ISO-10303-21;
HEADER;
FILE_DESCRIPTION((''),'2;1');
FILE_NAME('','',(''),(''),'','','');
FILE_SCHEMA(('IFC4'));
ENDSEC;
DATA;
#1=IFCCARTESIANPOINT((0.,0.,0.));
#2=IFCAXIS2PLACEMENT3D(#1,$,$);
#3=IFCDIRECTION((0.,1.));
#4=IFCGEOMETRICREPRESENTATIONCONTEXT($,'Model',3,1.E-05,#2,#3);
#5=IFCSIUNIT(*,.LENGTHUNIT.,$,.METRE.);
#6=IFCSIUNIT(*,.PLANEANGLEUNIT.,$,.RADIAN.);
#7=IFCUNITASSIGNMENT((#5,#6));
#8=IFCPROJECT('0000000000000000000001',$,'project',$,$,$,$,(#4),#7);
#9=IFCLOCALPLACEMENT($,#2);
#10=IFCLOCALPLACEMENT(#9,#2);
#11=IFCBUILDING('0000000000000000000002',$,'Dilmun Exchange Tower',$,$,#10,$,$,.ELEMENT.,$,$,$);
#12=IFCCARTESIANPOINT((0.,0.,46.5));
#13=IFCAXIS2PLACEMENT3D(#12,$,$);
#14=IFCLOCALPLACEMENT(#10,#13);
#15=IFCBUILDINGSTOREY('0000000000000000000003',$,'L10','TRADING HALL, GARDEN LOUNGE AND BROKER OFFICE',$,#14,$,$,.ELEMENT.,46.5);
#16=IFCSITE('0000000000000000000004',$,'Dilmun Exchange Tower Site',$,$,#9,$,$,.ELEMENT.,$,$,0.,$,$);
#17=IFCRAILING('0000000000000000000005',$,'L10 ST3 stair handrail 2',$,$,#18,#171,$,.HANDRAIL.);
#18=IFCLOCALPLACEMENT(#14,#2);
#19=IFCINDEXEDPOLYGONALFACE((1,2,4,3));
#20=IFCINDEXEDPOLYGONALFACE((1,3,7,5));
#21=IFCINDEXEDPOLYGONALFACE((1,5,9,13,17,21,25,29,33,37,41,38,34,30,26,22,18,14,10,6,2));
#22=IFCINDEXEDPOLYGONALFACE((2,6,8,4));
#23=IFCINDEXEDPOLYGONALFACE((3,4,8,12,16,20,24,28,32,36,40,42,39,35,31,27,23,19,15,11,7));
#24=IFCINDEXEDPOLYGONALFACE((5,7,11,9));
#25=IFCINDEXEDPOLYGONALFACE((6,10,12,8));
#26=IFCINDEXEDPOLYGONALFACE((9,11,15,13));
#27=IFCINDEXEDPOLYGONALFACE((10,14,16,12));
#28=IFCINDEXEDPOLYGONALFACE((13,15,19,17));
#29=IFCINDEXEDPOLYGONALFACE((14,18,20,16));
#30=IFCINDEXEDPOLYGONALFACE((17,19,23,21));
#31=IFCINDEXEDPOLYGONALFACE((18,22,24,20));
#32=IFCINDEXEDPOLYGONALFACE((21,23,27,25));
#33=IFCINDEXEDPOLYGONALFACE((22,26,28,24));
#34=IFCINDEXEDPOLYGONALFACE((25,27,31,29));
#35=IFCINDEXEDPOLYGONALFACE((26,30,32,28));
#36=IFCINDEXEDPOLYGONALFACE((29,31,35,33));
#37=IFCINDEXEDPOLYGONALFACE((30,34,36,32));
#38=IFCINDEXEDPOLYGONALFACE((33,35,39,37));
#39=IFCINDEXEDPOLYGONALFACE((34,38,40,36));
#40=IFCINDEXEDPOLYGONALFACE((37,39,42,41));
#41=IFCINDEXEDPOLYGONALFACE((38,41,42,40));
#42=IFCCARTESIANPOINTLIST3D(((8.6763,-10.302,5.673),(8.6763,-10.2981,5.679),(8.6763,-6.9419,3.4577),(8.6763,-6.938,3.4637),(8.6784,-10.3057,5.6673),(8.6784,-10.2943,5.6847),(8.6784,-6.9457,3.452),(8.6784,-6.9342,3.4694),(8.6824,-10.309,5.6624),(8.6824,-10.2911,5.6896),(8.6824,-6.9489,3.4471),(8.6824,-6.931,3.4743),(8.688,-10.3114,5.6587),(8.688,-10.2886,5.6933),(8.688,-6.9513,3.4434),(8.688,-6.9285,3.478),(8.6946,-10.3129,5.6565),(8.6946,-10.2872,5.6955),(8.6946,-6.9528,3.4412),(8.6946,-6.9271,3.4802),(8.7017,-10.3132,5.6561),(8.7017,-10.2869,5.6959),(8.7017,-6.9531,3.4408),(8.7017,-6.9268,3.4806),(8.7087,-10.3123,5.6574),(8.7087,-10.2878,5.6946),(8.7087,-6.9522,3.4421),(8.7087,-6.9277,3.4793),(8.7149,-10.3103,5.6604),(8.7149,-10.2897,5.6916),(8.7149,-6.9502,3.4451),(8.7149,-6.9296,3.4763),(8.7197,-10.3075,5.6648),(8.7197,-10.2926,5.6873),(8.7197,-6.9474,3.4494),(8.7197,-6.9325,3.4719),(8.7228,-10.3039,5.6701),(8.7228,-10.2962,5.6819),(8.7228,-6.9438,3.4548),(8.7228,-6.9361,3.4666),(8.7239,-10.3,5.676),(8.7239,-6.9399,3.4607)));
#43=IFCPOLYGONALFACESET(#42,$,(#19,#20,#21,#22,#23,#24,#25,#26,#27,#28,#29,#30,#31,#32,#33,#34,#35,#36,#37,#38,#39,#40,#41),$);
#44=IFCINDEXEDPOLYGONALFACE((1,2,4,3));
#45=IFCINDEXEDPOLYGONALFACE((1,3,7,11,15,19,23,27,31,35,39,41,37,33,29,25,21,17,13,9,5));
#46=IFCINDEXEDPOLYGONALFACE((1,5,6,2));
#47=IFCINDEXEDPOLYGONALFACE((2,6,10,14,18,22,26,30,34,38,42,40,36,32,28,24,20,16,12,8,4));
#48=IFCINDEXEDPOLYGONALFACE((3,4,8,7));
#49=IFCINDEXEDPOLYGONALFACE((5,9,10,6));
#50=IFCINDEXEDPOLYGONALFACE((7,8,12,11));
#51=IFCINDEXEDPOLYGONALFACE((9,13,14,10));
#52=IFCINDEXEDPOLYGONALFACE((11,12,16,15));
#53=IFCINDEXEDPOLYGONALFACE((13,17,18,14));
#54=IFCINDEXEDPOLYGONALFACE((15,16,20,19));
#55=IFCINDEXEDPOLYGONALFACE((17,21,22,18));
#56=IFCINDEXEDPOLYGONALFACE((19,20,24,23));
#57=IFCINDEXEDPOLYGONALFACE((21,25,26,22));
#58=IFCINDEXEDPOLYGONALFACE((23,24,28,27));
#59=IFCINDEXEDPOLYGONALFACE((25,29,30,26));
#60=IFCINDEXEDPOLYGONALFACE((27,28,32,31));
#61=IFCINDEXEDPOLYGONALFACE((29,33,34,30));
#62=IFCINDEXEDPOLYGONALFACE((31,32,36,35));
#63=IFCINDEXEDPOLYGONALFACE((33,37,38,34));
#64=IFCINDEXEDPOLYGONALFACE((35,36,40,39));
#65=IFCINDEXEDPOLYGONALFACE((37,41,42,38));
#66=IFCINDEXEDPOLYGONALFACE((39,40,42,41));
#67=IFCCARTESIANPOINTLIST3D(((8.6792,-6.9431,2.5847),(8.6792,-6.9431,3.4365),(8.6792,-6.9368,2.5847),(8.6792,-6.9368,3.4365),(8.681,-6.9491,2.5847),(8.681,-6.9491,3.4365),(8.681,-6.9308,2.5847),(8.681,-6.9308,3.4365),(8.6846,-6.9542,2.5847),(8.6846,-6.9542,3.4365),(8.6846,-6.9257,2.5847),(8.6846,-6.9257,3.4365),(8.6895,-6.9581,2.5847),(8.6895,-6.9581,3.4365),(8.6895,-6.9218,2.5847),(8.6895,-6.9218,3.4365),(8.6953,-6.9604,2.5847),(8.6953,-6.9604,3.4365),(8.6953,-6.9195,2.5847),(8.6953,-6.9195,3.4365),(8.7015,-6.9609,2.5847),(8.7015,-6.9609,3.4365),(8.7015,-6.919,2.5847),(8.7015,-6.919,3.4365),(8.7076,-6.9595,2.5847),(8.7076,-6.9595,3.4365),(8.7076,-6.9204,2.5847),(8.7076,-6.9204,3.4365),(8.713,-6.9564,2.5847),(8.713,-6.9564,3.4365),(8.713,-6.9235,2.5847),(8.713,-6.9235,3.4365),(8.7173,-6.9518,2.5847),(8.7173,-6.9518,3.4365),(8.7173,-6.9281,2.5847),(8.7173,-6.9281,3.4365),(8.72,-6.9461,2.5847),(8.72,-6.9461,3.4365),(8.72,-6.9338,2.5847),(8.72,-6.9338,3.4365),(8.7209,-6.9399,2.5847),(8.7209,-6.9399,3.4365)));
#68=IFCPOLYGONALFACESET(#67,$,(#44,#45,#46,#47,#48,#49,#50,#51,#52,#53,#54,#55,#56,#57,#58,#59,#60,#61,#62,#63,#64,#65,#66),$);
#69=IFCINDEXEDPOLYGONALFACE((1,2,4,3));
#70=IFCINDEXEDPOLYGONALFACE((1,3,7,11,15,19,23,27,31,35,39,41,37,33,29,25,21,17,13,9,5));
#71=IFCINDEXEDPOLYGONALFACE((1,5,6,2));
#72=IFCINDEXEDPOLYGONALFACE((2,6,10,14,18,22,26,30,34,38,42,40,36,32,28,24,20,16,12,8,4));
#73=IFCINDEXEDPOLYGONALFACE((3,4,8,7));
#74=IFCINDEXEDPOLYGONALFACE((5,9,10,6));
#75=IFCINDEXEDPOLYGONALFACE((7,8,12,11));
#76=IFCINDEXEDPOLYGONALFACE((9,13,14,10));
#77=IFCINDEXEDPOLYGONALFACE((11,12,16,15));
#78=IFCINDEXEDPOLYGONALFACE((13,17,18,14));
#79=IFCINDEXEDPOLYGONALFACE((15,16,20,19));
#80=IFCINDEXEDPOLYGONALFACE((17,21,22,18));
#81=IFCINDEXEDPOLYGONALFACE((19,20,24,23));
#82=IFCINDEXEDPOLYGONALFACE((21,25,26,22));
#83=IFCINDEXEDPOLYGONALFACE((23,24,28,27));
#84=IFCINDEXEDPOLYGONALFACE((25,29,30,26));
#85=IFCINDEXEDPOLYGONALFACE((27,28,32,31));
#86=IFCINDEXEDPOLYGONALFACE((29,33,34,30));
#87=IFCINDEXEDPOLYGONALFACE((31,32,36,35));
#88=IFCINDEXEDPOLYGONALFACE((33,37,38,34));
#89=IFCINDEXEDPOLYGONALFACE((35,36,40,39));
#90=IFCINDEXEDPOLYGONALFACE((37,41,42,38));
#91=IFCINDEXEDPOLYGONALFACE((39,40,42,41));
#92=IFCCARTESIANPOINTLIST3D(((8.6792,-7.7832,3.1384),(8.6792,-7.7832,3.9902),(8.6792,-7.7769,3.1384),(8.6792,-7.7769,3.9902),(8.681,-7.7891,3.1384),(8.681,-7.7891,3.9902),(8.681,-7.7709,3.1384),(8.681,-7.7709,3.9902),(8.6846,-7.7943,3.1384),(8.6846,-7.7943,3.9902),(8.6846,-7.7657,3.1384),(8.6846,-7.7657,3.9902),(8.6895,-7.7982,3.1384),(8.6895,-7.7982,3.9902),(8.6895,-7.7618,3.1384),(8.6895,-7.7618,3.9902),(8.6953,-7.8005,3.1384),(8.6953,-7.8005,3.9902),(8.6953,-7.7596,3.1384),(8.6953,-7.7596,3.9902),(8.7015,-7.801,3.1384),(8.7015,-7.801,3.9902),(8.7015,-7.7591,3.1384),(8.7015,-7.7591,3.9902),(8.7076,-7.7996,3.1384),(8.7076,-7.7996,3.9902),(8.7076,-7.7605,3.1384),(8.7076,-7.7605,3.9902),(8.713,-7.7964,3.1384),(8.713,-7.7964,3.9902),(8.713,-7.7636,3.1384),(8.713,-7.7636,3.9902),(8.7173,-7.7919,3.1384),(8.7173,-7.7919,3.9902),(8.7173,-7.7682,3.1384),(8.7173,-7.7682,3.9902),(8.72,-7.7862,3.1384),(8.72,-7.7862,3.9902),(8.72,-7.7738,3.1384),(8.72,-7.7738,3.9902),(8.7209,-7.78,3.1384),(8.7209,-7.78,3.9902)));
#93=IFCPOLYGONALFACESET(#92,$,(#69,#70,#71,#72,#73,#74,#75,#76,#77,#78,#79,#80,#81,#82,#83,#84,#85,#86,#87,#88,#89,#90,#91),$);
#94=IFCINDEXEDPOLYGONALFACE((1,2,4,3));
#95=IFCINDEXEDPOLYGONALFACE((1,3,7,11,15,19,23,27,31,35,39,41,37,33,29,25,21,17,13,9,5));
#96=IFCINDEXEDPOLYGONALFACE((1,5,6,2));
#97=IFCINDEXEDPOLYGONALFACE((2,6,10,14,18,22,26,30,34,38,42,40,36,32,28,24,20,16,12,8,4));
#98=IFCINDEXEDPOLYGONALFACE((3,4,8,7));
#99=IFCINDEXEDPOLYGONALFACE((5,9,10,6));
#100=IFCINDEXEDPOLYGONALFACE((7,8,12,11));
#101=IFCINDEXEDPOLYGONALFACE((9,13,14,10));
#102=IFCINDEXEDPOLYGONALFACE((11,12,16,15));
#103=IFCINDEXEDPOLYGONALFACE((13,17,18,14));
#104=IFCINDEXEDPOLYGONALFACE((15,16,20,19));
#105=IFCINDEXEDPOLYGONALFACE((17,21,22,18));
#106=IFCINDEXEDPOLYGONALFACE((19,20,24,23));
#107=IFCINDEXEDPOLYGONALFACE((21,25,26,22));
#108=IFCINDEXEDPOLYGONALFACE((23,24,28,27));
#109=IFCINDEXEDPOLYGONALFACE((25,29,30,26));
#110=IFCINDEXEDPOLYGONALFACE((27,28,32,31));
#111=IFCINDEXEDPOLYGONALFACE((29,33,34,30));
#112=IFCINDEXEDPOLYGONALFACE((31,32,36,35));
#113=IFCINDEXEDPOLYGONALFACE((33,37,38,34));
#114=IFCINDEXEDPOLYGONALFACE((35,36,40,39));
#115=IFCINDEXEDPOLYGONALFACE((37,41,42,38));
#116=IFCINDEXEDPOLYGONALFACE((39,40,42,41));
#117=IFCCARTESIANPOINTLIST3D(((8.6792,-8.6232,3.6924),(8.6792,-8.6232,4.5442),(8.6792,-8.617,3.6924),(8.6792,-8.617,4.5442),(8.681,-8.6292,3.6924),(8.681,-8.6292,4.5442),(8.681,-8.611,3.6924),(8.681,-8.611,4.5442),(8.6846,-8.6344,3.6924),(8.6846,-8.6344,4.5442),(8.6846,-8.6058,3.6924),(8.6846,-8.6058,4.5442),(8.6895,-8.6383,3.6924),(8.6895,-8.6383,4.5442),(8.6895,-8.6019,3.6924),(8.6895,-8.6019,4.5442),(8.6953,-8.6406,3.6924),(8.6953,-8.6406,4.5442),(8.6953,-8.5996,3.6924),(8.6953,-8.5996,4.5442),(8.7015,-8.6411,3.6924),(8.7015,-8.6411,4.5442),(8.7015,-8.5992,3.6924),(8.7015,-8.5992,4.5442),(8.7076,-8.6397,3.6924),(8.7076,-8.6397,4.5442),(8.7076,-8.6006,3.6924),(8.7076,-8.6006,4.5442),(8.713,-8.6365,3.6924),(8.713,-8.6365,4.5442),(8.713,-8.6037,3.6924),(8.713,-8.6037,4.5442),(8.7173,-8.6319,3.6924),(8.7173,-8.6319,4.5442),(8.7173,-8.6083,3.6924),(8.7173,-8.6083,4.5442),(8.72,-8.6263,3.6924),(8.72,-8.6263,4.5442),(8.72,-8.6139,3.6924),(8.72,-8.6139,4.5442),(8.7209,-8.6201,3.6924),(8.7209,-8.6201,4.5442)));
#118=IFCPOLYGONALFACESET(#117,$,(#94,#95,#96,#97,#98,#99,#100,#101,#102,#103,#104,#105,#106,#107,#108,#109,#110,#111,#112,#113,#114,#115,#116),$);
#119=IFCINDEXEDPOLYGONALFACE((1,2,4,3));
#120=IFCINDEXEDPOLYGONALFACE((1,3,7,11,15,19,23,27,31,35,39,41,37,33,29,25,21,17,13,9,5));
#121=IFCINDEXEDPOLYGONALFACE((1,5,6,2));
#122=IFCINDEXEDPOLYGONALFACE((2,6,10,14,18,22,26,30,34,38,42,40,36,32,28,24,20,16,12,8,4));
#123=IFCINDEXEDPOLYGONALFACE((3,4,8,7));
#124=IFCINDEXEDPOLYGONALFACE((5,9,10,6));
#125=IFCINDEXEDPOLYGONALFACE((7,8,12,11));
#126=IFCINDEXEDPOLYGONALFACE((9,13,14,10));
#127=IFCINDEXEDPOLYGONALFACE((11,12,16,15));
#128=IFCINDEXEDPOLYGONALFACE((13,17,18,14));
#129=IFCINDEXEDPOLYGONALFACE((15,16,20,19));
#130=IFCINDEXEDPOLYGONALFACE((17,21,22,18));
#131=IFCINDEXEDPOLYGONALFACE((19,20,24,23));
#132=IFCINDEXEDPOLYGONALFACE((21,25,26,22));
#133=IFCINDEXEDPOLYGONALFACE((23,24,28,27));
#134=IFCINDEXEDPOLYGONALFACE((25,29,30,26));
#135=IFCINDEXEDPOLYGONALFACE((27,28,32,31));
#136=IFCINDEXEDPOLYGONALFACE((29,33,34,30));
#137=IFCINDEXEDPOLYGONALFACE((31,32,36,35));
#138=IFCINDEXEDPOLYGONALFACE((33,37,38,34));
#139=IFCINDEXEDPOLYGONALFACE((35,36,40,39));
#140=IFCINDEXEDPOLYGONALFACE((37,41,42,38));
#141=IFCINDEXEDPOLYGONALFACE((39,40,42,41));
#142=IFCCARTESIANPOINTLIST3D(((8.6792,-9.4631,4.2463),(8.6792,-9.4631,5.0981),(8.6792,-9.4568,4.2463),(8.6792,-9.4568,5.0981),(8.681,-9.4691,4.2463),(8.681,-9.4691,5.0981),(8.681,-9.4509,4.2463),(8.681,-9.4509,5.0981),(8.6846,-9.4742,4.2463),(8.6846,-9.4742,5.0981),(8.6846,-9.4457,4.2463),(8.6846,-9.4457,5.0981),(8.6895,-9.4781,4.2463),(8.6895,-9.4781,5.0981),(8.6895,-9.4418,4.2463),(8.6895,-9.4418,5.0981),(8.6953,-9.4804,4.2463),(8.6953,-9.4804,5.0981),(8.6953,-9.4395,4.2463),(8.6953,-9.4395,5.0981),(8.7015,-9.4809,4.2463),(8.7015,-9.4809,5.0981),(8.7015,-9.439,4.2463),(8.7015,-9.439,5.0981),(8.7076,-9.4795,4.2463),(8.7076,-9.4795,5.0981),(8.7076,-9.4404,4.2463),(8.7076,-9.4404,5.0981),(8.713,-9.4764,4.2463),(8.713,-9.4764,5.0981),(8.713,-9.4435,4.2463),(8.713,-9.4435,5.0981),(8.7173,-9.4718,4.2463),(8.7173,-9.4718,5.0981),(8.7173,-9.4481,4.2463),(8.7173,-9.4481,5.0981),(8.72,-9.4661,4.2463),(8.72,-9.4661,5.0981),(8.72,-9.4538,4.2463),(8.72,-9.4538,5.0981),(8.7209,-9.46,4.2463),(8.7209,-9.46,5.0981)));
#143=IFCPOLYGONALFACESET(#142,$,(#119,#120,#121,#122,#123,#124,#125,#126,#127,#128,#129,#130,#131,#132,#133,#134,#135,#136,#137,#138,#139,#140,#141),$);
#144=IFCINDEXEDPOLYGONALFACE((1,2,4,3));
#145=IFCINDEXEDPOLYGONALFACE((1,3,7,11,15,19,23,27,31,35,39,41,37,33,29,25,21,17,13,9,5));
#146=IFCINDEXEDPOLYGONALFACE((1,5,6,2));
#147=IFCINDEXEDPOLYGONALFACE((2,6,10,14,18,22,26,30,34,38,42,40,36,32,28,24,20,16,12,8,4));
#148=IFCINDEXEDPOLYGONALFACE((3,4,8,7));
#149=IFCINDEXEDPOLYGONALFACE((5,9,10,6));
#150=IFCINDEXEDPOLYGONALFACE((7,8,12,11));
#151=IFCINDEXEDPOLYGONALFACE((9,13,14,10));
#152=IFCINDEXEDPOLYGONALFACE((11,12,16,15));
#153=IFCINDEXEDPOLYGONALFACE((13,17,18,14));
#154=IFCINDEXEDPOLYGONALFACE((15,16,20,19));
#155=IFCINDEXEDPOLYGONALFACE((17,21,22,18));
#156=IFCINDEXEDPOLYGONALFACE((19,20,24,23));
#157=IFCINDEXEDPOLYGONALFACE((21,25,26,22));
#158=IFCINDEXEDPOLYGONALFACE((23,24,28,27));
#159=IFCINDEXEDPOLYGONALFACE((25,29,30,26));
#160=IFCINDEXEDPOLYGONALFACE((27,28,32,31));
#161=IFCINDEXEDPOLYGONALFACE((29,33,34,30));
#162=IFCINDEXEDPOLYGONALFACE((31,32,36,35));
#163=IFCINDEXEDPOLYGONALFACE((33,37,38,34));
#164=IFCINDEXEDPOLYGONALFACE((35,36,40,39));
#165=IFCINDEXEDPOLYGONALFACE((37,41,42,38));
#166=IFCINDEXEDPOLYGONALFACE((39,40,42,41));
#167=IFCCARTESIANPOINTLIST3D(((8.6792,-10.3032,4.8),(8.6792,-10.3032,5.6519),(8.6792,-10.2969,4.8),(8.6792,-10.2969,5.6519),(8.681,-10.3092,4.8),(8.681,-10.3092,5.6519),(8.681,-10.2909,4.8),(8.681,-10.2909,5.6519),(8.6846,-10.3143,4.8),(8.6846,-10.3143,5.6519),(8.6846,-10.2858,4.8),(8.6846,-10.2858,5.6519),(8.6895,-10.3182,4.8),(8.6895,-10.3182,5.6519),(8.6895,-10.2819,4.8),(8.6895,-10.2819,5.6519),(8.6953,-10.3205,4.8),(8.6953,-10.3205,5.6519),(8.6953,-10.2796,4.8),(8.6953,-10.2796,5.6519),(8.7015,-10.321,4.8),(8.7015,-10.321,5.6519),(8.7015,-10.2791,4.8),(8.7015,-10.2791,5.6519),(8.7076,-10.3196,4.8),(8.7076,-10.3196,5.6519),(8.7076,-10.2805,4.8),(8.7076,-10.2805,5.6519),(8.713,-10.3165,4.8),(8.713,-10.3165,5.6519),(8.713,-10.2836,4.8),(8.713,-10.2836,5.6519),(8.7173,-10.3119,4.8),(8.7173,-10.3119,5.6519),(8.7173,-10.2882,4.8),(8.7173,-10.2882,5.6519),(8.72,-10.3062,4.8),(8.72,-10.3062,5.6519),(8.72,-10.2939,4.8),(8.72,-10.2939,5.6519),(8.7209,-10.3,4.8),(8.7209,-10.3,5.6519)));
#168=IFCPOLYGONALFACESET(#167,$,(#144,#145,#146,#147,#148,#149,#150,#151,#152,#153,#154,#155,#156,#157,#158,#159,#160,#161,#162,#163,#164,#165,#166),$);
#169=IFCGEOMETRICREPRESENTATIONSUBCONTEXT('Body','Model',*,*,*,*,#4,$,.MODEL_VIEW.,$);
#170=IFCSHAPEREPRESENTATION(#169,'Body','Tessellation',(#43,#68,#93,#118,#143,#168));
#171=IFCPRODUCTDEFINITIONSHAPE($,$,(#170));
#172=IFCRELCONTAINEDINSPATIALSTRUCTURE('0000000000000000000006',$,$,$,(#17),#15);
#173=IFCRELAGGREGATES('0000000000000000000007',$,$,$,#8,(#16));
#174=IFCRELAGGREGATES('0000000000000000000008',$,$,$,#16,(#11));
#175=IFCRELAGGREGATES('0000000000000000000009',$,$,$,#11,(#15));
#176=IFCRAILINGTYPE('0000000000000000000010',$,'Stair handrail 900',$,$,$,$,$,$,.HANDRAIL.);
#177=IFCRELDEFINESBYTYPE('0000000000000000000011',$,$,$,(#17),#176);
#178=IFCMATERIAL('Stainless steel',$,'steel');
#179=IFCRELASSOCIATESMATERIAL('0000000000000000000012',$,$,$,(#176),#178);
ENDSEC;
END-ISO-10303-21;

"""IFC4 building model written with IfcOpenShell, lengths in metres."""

from ifc_helpers import new_model, si_unit, direction, frame, origin, origin_2d, place, context, subcontext, project, spatial, circle, extrude, material, type_object, element, save


model = new_model("IFC4")

# Units and contexts
model_context = context("Model", 3, precision=1e-05, world=origin(), true_north=direction((0.0, 1.0)))
body_context = subcontext(model_context, "Body", "Model", "MODEL_VIEW")
ifc_project = project(units=[si_unit("LENGTHUNIT", "METRE"), si_unit("PLANEANGLEUNIT", "RADIAN")], contexts=[model_context])

# Site, building, storey
site_placement = place(None, origin())
site = spatial("IfcSite", under=ifc_project, at=site_placement, Name="Dilmun Exchange Tower Site", CompositionType="ELEMENT", RefElevation=0.0)
building_placement = place(site_placement, origin())
building = spatial("IfcBuilding", under=site, at=building_placement, Name="Dilmun Exchange Tower", CompositionType="ELEMENT")
storey_placement = place(building_placement, frame((0.0, 0.0, 46.5)))
storey = spatial("IfcBuildingStorey", under=building, at=storey_placement, Name="L10", Description="TRADING HALL, GARDEN LOUNGE AND BROKER OFFICE", CompositionType="ELEMENT", Elevation=46.5)

# Railing
ifc_material_1 = material(Name="Stainless steel", Category="steel")
railing_type = type_object("IfcRailingType", Name="Stair handrail 900", PredefinedType="HANDRAIL", material=ifc_material_1)
railing_placement = place(storey_placement, frame((8.7, -6.9399, 2.5847)))
element("IfcRailing", 1, at=railing_placement, inside=storey, type_object=railing_type, Name="L10 ST3 stair handrail 2", PredefinedType="HANDRAIL", context=body_context, shape_type="SweptSolid", body=[
    extrude(circle(Radius=0.0239, at=origin_2d()), frame((0.0, 0.0, 0.876), z_axis=(0.0, -0.834876, 0.550437), x_axis=(1.0, 0.0, 0.0)), (0.0, 0.0, 1.0), 4.0247),
    extrude(circle(Radius=0.021, at=origin_2d()), origin(), (0.0, 0.0, 1.0), 0.8518),
    extrude(circle(Radius=0.021, at=origin_2d()), frame((0.0, -0.8401, 0.5537)), (0.0, 0.0, 1.0), 0.8518),
    extrude(circle(Radius=0.021, at=origin_2d()), frame((0.0, -1.6802, 1.1077)), (0.0, 0.0, 1.0), 0.8518),
    extrude(circle(Radius=0.021, at=origin_2d()), frame((0.0, -2.52, 1.6616)), (0.0, 0.0, 1.0), 0.8518),
    extrude(circle(Radius=0.021, at=origin_2d()), frame((0.0, -3.3601, 2.2153)), (0.0, 0.0, 1.0), 0.8518),
])

save(model, "model.ifc")
